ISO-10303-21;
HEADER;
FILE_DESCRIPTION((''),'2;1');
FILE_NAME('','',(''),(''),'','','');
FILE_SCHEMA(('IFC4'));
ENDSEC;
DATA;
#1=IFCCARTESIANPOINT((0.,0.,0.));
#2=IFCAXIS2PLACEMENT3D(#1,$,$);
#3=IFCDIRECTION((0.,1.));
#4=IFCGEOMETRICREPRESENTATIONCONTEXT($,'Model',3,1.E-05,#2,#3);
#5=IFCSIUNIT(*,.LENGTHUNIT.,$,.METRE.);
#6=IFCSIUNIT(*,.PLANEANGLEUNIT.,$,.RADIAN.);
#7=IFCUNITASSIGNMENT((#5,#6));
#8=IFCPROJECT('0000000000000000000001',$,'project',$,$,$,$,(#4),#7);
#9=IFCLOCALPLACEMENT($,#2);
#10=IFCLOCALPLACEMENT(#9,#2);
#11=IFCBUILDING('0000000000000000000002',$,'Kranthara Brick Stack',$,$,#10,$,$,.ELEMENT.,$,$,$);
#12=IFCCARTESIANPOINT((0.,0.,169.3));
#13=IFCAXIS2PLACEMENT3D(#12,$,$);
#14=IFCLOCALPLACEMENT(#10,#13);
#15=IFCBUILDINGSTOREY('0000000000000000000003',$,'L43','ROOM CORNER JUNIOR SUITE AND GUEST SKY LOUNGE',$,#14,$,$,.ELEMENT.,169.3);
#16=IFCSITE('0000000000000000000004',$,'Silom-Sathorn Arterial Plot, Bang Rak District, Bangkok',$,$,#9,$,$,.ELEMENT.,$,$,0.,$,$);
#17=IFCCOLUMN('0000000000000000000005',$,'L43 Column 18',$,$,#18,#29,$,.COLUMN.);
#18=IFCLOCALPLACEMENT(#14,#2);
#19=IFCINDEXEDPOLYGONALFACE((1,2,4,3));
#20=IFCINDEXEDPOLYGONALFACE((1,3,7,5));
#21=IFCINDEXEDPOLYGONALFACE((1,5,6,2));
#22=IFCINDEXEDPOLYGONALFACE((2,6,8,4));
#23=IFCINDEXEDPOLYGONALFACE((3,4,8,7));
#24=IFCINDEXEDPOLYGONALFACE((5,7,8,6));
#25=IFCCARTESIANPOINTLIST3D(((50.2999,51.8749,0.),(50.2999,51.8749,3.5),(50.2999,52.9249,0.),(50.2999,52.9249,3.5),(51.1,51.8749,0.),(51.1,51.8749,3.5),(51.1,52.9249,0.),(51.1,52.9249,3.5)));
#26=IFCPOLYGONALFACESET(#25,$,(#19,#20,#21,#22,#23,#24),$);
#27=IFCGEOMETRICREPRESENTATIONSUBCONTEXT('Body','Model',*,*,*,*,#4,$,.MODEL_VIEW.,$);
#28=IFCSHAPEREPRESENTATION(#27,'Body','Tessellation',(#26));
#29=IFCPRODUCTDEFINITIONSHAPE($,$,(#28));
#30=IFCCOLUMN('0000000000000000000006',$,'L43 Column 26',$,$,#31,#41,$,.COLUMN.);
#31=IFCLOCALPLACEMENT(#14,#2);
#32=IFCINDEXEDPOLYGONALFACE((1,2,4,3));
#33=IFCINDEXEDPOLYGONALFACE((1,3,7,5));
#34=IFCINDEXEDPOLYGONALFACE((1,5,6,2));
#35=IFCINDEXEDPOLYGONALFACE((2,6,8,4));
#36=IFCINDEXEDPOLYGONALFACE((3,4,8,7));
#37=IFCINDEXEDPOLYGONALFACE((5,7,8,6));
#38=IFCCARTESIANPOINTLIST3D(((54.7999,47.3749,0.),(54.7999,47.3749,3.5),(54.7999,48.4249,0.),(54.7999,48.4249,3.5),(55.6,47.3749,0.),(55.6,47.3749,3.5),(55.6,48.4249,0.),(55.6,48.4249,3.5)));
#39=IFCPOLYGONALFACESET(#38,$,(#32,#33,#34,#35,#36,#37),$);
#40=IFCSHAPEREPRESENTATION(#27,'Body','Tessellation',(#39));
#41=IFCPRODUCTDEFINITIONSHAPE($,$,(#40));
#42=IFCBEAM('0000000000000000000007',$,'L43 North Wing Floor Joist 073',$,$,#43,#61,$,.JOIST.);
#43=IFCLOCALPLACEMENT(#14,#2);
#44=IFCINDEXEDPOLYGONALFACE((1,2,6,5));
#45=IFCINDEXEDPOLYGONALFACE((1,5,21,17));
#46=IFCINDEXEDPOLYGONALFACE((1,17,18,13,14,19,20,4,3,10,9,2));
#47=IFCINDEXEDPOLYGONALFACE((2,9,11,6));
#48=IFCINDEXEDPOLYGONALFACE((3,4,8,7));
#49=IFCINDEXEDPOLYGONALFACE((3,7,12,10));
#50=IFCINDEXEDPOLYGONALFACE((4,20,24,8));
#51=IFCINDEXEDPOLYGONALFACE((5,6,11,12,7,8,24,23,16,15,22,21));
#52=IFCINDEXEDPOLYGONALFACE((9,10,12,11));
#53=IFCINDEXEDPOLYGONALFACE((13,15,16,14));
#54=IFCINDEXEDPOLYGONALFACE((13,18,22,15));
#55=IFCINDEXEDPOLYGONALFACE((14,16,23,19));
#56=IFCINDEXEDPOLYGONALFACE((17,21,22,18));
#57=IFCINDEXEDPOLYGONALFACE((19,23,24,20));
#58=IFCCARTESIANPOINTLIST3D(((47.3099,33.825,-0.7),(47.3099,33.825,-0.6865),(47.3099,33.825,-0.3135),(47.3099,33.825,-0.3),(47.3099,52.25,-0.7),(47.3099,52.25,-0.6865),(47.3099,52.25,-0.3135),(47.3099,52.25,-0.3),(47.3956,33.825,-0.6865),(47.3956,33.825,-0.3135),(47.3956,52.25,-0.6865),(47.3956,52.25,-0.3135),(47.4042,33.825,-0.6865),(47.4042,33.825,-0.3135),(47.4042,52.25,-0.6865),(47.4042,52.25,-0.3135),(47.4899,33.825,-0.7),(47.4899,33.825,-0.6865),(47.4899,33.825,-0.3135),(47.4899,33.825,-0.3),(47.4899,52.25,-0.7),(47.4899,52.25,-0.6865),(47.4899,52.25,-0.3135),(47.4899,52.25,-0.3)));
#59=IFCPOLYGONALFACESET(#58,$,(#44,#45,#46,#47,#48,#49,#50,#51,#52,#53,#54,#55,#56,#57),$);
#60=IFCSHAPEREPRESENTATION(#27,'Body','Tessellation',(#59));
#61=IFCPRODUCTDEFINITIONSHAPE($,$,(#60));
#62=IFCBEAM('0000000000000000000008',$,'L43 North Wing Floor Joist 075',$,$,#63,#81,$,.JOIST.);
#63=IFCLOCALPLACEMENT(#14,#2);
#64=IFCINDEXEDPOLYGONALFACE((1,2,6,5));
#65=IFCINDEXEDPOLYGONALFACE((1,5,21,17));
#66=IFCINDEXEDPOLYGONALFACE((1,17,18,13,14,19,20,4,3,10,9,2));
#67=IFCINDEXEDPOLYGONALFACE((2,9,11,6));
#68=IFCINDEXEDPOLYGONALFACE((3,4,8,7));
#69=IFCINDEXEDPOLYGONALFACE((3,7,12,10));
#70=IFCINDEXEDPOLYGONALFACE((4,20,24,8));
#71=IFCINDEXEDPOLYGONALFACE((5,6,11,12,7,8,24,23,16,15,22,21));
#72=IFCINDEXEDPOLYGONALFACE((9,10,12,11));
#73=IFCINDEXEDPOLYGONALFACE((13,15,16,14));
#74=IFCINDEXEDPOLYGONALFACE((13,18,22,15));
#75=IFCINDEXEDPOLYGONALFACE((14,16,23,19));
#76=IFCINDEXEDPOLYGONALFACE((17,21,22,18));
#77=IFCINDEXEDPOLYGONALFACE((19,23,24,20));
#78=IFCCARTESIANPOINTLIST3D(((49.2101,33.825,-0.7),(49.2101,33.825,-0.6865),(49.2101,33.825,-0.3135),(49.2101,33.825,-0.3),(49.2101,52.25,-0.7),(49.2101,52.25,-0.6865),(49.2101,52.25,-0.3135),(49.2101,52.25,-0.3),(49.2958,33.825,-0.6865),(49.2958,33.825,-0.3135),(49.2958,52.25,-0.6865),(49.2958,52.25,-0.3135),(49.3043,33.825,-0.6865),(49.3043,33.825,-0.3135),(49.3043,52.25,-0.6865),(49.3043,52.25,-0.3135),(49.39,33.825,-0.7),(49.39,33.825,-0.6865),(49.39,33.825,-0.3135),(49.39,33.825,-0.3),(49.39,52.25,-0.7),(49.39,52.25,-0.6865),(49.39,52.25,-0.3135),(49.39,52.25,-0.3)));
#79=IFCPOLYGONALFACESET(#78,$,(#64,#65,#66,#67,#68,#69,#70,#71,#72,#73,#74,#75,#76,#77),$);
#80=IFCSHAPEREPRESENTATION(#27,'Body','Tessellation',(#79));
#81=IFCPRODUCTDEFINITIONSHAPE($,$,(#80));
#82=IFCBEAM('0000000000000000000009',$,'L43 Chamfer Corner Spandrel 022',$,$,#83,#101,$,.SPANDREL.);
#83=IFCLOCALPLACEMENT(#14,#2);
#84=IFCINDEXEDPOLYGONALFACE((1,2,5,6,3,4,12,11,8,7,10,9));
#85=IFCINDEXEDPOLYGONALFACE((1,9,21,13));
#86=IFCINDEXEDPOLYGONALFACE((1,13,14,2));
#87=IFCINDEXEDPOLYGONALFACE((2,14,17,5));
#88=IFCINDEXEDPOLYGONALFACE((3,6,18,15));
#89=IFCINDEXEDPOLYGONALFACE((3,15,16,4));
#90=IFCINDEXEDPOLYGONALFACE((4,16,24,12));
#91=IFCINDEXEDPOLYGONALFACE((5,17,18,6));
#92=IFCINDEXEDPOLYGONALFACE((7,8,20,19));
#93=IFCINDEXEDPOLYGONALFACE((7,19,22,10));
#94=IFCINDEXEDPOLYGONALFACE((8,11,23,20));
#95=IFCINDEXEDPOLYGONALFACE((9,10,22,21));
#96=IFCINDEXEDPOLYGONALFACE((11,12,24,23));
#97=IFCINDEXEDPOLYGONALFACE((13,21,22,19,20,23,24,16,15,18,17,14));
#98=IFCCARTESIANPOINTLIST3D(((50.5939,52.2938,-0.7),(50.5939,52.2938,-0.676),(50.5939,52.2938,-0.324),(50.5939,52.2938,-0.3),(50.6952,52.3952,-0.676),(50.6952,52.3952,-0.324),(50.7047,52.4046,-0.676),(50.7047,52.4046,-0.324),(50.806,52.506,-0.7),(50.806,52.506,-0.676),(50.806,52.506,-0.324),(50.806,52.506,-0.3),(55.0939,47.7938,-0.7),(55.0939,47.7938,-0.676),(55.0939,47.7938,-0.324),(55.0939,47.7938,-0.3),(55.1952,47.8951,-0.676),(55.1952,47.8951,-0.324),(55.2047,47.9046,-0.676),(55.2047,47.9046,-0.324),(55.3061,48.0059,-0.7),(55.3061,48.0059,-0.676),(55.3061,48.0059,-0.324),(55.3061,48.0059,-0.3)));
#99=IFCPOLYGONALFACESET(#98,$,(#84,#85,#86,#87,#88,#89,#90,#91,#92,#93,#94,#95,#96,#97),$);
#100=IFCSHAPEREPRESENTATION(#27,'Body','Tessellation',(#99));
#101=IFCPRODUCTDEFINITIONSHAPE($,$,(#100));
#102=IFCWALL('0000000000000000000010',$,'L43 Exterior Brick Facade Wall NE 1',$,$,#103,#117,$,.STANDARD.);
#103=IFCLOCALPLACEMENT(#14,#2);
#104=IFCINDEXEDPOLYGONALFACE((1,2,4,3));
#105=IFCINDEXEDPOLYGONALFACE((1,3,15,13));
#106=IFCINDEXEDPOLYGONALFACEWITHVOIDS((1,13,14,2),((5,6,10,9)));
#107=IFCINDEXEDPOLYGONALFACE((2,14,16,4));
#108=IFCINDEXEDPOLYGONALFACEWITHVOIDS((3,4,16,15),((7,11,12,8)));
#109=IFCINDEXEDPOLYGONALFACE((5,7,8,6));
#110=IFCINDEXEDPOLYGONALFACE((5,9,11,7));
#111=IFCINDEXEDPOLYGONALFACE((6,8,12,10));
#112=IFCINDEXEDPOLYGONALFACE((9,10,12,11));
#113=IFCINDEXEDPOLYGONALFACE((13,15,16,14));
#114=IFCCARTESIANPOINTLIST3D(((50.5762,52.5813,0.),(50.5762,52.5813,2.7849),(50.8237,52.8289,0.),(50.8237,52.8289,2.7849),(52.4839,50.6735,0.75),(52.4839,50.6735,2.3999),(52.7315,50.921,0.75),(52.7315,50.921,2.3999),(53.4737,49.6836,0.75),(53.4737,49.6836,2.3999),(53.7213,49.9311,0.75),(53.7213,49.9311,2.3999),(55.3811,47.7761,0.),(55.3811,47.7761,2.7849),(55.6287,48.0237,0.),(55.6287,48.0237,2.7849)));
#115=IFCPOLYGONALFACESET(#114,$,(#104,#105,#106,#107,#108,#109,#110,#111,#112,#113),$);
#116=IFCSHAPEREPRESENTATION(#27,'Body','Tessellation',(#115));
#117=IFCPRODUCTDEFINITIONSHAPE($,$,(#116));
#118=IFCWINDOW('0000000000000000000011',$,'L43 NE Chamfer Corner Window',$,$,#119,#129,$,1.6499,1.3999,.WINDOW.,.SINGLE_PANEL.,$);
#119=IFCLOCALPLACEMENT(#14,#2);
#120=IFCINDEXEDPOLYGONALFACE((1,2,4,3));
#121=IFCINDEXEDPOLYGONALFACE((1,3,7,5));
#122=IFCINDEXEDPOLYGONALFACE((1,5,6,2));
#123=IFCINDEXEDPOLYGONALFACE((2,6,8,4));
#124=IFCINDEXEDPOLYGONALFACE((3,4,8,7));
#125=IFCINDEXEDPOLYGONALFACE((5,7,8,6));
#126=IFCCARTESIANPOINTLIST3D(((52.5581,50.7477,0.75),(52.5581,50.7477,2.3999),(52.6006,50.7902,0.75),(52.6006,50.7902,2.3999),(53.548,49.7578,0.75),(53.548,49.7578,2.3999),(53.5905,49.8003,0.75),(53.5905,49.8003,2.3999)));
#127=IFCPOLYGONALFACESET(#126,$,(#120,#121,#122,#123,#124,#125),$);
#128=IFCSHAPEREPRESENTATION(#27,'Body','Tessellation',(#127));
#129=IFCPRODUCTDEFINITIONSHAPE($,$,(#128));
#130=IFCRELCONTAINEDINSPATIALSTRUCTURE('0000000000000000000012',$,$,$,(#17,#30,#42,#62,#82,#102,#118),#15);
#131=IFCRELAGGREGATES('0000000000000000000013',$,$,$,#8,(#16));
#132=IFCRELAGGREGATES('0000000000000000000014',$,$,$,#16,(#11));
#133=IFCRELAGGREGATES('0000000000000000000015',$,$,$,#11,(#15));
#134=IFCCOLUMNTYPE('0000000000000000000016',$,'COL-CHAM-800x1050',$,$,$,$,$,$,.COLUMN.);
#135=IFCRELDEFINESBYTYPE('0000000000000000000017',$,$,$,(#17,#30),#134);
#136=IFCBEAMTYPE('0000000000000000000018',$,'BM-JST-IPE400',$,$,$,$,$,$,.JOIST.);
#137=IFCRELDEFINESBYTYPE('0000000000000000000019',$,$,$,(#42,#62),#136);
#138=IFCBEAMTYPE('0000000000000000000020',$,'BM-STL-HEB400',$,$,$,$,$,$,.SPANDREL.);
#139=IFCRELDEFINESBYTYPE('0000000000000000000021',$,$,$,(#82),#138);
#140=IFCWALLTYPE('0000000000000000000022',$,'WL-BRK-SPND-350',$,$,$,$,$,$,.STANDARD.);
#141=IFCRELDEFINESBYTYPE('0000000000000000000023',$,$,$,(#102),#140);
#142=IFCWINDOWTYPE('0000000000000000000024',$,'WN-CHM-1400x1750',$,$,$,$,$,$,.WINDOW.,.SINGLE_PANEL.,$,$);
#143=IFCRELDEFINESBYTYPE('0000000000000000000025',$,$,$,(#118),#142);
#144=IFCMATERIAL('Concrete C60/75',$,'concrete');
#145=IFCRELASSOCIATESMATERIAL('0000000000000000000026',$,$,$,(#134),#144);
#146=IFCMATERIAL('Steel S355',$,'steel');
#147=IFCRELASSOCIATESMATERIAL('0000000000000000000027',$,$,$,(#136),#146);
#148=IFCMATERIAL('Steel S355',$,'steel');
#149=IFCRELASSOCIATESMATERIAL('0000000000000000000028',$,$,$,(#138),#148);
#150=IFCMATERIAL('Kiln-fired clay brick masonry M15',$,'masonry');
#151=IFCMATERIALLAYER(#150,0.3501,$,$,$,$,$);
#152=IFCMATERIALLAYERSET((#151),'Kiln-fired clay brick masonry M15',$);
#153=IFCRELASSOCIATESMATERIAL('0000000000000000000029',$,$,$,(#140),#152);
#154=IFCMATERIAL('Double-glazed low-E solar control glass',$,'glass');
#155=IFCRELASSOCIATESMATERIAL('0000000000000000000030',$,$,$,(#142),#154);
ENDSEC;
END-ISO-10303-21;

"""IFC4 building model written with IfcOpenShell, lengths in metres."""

from ifc_helpers import new_model, si_unit, direction, frame, frame_2d, origin, origin_2d, place, context, subcontext, project, spatial, rectangle, i_section, extrude, material, layer, layer_set, material_profile, profile_set, type_object, element, fill, save


model = new_model("IFC4")

# Units and contexts
model_context = context("Model", 3, precision=1e-05, world=origin(), true_north=direction((0.0, 1.0)))
body_context = subcontext(model_context, "Body", "Model", "MODEL_VIEW")
ifc_project = project(units=[si_unit("LENGTHUNIT", "METRE"), si_unit("PLANEANGLEUNIT", "RADIAN")], contexts=[model_context])

# Site, building, storey
site_placement = place(None, origin())
site = spatial("IfcSite", under=ifc_project, at=site_placement, Name="Silom-Sathorn Arterial Plot, Bang Rak District, Bangkok", CompositionType="ELEMENT", RefElevation=0.0)
building_placement = place(site_placement, origin())
building = spatial("IfcBuilding", under=site, at=building_placement, Name="Kranthara Brick Stack", CompositionType="ELEMENT")
storey_placement = place(building_placement, frame((0.0, 0.0, 169.3)))
storey = spatial("IfcBuildingStorey", under=building, at=storey_placement, Name="L43", Description="ROOM CORNER JUNIOR SUITE AND GUEST SKY LOUNGE", CompositionType="ELEMENT", Elevation=169.3)

# Columns
ifc_material_1 = material(Name="Concrete C60/75", Category="concrete")
ifc_material_profile_1 = material_profile(ifc_material_1, rectangle(XDim=0.8, YDim=1.05, at=origin_2d()), Name="RC 800x1050")
ifc_profile_set_1 = profile_set([ifc_material_profile_1], Name="Concrete C60/75")
column_type = type_object("IfcColumnType", Name="COL-CHAM-800x1050", PredefinedType="COLUMN", material=ifc_profile_set_1)
for number, where, z_axis, x_axis, name in (
    (1, (50.7, 52.3999, 0.0), (0.0, 0.0, 1.0), (1.0, 0.0, 0.0), "L43 Column 18"),
    (2, (55.2, 47.8999, 0.0), (0.0, 0.0, 1.0), (1.0, 0.0, 0.0), "L43 Column 26"),
):
    element("IfcColumn", number, at=place(storey_placement, frame(where, z_axis=z_axis, x_axis=x_axis)), inside=storey, type_object=column_type, Name=name, PredefinedType="COLUMN", context=body_context, shape_type="SweptSolid", body=[
        extrude(rectangle(XDim=0.8, YDim=1.05, at=origin_2d()), origin(), (0.0, 0.0, 1.0), 3.5),
    ])

# Beams
ifc_material_2 = material(Name="Steel S355", Category="steel")
ifc_material_profile_2 = material_profile(ifc_material_2, i_section(OverallWidth=0.1799, OverallDepth=0.3999, WebThickness=0.0085, FlangeThickness=0.0134, at=origin_2d()), Name="IPE 400")
ifc_profile_set_2 = profile_set([ifc_material_profile_2], Name="Steel S355")
beam_type_1 = type_object("IfcBeamType", Name="BM-JST-IPE400", PredefinedType="JOIST", material=ifc_profile_set_2)
for number, where, z_axis, x_axis, name in (
    (3, (47.3999, 33.825, -0.5), (0.0, 1.0, 0.0), (-1.0, 0.0, 0.0), "L43 North Wing Floor Joist 073"),
    (4, (49.3, 33.825, -0.5), (0.0, 1.0, 0.0), (-1.0, 0.0, 0.0), "L43 North Wing Floor Joist 075"),
):
    element("IfcBeam", number, at=place(storey_placement, frame(where, z_axis=z_axis, x_axis=x_axis)), inside=storey, type_object=beam_type_1, Name=name, PredefinedType="JOIST", context=body_context, shape_type="SweptSolid", body=[
        extrude(i_section(OverallWidth=0.1799, OverallDepth=0.3999, WebThickness=0.0085, FlangeThickness=0.0134, at=origin_2d()), origin(), (0.0, 0.0, 1.0), 18.425),
    ])
ifc_material_3 = material(Name="Steel S355", Category="steel")
ifc_material_profile_3 = material_profile(ifc_material_3, i_section(OverallWidth=0.3, OverallDepth=0.3999, WebThickness=0.0134, FlangeThickness=0.0239, at=origin_2d()), Name="HEB 400")
ifc_profile_set_3 = profile_set([ifc_material_profile_3], Name="Steel S355")
beam_type_2 = type_object("IfcBeamType", Name="BM-STL-HEB400", PredefinedType="SPANDREL", material=ifc_profile_set_3)
beam_placement = place(storey_placement, frame((50.7, 52.3999, -0.5), z_axis=(0.707107, -0.707107, 0.0), x_axis=(0.707107, 0.707107, 0.0)))
element("IfcBeam", 5, at=beam_placement, inside=storey, type_object=beam_type_2, Name="L43 Chamfer Corner Spandrel 022", PredefinedType="SPANDREL", context=body_context, shape_type="SweptSolid", body=[
    extrude(i_section(OverallWidth=0.3, OverallDepth=0.3999, WebThickness=0.0134, FlangeThickness=0.0239, at=origin_2d()), origin(), (0.0, 0.0, 1.0), 6.364),
])

# Wall, opening, window
ifc_material_4 = material(Name="Kiln-fired clay brick masonry M15", Category="masonry")
ifc_layer_1 = layer(ifc_material_4, 0.3501)
ifc_layer_set_1 = layer_set([ifc_layer_1], Name="Kiln-fired clay brick masonry M15")
wall_type_1 = type_object("IfcWallType", Name="WL-BRK-SPND-350", PredefinedType="STANDARD", material=ifc_layer_set_1)
wall_1_placement = place(storey_placement, frame((50.7, 52.7051, 0.0), z_axis=(0.0, 0.0, 1.0), x_axis=(0.707089, -0.707125, 0.0)))
wall_1 = element("IfcWall", 6, at=wall_1_placement, inside=storey, type_object=wall_type_1, Name="L43 Exterior Brick Facade Wall NE 1", PredefinedType="STANDARD", context=body_context, shape_type="SweptSolid", body=[
    extrude(rectangle(XDim=6.7954, YDim=0.3501, at=frame_2d((3.3977, 0.0))), origin(), (0.0, 0.0, 1.0), 2.7849),
])
opening_1_placement = place(wall_1_placement, frame((2.698, 0.0, 0.75)))
opening_1 = element("IfcOpeningElement", 7, at=opening_1_placement, cuts=wall_1, PredefinedType="OPENING", context=body_context, shape_type="SweptSolid", body=[
    extrude(rectangle(XDim=1.3999, YDim=1.6499, at=frame_2d((0.7, 0.825))), frame((0.0, 0.1851, 0.0), z_axis=(0.0, -1.0, 0.0), x_axis=(1.0, 0.0, 0.0)), (0.0, 0.0, 1.0), 0.3701),
])
ifc_material_5 = material(Name="Double-glazed low-E solar control glass", Category="glass")
window_type_1 = type_object("IfcWindowType", Name="WN-CHM-1400x1750", PartitioningType="SINGLE_PANEL", PredefinedType="WINDOW", material=ifc_material_5)
window_1_placement = place(opening_1_placement, origin())
window_1 = element("IfcWindow", 8, at=window_1_placement, inside=storey, type_object=window_type_1, Name="L43 NE Chamfer Corner Window", OverallHeight=1.6499, OverallWidth=1.3999, PartitioningType="SINGLE_PANEL", PredefinedType="WINDOW", context=body_context, shape_type="SweptSolid", body=[
    extrude(rectangle(XDim=1.3999, YDim=1.6499, at=frame_2d((0.7, 0.825))), frame((0.0, -0.01, 0.0), z_axis=(0.0, -1.0, 0.0), x_axis=(1.0, 0.0, 0.0)), (0.0, 0.0, 1.0), 0.0601),
])
fill(opening_1, window_1)

save(model, "model.ifc")
